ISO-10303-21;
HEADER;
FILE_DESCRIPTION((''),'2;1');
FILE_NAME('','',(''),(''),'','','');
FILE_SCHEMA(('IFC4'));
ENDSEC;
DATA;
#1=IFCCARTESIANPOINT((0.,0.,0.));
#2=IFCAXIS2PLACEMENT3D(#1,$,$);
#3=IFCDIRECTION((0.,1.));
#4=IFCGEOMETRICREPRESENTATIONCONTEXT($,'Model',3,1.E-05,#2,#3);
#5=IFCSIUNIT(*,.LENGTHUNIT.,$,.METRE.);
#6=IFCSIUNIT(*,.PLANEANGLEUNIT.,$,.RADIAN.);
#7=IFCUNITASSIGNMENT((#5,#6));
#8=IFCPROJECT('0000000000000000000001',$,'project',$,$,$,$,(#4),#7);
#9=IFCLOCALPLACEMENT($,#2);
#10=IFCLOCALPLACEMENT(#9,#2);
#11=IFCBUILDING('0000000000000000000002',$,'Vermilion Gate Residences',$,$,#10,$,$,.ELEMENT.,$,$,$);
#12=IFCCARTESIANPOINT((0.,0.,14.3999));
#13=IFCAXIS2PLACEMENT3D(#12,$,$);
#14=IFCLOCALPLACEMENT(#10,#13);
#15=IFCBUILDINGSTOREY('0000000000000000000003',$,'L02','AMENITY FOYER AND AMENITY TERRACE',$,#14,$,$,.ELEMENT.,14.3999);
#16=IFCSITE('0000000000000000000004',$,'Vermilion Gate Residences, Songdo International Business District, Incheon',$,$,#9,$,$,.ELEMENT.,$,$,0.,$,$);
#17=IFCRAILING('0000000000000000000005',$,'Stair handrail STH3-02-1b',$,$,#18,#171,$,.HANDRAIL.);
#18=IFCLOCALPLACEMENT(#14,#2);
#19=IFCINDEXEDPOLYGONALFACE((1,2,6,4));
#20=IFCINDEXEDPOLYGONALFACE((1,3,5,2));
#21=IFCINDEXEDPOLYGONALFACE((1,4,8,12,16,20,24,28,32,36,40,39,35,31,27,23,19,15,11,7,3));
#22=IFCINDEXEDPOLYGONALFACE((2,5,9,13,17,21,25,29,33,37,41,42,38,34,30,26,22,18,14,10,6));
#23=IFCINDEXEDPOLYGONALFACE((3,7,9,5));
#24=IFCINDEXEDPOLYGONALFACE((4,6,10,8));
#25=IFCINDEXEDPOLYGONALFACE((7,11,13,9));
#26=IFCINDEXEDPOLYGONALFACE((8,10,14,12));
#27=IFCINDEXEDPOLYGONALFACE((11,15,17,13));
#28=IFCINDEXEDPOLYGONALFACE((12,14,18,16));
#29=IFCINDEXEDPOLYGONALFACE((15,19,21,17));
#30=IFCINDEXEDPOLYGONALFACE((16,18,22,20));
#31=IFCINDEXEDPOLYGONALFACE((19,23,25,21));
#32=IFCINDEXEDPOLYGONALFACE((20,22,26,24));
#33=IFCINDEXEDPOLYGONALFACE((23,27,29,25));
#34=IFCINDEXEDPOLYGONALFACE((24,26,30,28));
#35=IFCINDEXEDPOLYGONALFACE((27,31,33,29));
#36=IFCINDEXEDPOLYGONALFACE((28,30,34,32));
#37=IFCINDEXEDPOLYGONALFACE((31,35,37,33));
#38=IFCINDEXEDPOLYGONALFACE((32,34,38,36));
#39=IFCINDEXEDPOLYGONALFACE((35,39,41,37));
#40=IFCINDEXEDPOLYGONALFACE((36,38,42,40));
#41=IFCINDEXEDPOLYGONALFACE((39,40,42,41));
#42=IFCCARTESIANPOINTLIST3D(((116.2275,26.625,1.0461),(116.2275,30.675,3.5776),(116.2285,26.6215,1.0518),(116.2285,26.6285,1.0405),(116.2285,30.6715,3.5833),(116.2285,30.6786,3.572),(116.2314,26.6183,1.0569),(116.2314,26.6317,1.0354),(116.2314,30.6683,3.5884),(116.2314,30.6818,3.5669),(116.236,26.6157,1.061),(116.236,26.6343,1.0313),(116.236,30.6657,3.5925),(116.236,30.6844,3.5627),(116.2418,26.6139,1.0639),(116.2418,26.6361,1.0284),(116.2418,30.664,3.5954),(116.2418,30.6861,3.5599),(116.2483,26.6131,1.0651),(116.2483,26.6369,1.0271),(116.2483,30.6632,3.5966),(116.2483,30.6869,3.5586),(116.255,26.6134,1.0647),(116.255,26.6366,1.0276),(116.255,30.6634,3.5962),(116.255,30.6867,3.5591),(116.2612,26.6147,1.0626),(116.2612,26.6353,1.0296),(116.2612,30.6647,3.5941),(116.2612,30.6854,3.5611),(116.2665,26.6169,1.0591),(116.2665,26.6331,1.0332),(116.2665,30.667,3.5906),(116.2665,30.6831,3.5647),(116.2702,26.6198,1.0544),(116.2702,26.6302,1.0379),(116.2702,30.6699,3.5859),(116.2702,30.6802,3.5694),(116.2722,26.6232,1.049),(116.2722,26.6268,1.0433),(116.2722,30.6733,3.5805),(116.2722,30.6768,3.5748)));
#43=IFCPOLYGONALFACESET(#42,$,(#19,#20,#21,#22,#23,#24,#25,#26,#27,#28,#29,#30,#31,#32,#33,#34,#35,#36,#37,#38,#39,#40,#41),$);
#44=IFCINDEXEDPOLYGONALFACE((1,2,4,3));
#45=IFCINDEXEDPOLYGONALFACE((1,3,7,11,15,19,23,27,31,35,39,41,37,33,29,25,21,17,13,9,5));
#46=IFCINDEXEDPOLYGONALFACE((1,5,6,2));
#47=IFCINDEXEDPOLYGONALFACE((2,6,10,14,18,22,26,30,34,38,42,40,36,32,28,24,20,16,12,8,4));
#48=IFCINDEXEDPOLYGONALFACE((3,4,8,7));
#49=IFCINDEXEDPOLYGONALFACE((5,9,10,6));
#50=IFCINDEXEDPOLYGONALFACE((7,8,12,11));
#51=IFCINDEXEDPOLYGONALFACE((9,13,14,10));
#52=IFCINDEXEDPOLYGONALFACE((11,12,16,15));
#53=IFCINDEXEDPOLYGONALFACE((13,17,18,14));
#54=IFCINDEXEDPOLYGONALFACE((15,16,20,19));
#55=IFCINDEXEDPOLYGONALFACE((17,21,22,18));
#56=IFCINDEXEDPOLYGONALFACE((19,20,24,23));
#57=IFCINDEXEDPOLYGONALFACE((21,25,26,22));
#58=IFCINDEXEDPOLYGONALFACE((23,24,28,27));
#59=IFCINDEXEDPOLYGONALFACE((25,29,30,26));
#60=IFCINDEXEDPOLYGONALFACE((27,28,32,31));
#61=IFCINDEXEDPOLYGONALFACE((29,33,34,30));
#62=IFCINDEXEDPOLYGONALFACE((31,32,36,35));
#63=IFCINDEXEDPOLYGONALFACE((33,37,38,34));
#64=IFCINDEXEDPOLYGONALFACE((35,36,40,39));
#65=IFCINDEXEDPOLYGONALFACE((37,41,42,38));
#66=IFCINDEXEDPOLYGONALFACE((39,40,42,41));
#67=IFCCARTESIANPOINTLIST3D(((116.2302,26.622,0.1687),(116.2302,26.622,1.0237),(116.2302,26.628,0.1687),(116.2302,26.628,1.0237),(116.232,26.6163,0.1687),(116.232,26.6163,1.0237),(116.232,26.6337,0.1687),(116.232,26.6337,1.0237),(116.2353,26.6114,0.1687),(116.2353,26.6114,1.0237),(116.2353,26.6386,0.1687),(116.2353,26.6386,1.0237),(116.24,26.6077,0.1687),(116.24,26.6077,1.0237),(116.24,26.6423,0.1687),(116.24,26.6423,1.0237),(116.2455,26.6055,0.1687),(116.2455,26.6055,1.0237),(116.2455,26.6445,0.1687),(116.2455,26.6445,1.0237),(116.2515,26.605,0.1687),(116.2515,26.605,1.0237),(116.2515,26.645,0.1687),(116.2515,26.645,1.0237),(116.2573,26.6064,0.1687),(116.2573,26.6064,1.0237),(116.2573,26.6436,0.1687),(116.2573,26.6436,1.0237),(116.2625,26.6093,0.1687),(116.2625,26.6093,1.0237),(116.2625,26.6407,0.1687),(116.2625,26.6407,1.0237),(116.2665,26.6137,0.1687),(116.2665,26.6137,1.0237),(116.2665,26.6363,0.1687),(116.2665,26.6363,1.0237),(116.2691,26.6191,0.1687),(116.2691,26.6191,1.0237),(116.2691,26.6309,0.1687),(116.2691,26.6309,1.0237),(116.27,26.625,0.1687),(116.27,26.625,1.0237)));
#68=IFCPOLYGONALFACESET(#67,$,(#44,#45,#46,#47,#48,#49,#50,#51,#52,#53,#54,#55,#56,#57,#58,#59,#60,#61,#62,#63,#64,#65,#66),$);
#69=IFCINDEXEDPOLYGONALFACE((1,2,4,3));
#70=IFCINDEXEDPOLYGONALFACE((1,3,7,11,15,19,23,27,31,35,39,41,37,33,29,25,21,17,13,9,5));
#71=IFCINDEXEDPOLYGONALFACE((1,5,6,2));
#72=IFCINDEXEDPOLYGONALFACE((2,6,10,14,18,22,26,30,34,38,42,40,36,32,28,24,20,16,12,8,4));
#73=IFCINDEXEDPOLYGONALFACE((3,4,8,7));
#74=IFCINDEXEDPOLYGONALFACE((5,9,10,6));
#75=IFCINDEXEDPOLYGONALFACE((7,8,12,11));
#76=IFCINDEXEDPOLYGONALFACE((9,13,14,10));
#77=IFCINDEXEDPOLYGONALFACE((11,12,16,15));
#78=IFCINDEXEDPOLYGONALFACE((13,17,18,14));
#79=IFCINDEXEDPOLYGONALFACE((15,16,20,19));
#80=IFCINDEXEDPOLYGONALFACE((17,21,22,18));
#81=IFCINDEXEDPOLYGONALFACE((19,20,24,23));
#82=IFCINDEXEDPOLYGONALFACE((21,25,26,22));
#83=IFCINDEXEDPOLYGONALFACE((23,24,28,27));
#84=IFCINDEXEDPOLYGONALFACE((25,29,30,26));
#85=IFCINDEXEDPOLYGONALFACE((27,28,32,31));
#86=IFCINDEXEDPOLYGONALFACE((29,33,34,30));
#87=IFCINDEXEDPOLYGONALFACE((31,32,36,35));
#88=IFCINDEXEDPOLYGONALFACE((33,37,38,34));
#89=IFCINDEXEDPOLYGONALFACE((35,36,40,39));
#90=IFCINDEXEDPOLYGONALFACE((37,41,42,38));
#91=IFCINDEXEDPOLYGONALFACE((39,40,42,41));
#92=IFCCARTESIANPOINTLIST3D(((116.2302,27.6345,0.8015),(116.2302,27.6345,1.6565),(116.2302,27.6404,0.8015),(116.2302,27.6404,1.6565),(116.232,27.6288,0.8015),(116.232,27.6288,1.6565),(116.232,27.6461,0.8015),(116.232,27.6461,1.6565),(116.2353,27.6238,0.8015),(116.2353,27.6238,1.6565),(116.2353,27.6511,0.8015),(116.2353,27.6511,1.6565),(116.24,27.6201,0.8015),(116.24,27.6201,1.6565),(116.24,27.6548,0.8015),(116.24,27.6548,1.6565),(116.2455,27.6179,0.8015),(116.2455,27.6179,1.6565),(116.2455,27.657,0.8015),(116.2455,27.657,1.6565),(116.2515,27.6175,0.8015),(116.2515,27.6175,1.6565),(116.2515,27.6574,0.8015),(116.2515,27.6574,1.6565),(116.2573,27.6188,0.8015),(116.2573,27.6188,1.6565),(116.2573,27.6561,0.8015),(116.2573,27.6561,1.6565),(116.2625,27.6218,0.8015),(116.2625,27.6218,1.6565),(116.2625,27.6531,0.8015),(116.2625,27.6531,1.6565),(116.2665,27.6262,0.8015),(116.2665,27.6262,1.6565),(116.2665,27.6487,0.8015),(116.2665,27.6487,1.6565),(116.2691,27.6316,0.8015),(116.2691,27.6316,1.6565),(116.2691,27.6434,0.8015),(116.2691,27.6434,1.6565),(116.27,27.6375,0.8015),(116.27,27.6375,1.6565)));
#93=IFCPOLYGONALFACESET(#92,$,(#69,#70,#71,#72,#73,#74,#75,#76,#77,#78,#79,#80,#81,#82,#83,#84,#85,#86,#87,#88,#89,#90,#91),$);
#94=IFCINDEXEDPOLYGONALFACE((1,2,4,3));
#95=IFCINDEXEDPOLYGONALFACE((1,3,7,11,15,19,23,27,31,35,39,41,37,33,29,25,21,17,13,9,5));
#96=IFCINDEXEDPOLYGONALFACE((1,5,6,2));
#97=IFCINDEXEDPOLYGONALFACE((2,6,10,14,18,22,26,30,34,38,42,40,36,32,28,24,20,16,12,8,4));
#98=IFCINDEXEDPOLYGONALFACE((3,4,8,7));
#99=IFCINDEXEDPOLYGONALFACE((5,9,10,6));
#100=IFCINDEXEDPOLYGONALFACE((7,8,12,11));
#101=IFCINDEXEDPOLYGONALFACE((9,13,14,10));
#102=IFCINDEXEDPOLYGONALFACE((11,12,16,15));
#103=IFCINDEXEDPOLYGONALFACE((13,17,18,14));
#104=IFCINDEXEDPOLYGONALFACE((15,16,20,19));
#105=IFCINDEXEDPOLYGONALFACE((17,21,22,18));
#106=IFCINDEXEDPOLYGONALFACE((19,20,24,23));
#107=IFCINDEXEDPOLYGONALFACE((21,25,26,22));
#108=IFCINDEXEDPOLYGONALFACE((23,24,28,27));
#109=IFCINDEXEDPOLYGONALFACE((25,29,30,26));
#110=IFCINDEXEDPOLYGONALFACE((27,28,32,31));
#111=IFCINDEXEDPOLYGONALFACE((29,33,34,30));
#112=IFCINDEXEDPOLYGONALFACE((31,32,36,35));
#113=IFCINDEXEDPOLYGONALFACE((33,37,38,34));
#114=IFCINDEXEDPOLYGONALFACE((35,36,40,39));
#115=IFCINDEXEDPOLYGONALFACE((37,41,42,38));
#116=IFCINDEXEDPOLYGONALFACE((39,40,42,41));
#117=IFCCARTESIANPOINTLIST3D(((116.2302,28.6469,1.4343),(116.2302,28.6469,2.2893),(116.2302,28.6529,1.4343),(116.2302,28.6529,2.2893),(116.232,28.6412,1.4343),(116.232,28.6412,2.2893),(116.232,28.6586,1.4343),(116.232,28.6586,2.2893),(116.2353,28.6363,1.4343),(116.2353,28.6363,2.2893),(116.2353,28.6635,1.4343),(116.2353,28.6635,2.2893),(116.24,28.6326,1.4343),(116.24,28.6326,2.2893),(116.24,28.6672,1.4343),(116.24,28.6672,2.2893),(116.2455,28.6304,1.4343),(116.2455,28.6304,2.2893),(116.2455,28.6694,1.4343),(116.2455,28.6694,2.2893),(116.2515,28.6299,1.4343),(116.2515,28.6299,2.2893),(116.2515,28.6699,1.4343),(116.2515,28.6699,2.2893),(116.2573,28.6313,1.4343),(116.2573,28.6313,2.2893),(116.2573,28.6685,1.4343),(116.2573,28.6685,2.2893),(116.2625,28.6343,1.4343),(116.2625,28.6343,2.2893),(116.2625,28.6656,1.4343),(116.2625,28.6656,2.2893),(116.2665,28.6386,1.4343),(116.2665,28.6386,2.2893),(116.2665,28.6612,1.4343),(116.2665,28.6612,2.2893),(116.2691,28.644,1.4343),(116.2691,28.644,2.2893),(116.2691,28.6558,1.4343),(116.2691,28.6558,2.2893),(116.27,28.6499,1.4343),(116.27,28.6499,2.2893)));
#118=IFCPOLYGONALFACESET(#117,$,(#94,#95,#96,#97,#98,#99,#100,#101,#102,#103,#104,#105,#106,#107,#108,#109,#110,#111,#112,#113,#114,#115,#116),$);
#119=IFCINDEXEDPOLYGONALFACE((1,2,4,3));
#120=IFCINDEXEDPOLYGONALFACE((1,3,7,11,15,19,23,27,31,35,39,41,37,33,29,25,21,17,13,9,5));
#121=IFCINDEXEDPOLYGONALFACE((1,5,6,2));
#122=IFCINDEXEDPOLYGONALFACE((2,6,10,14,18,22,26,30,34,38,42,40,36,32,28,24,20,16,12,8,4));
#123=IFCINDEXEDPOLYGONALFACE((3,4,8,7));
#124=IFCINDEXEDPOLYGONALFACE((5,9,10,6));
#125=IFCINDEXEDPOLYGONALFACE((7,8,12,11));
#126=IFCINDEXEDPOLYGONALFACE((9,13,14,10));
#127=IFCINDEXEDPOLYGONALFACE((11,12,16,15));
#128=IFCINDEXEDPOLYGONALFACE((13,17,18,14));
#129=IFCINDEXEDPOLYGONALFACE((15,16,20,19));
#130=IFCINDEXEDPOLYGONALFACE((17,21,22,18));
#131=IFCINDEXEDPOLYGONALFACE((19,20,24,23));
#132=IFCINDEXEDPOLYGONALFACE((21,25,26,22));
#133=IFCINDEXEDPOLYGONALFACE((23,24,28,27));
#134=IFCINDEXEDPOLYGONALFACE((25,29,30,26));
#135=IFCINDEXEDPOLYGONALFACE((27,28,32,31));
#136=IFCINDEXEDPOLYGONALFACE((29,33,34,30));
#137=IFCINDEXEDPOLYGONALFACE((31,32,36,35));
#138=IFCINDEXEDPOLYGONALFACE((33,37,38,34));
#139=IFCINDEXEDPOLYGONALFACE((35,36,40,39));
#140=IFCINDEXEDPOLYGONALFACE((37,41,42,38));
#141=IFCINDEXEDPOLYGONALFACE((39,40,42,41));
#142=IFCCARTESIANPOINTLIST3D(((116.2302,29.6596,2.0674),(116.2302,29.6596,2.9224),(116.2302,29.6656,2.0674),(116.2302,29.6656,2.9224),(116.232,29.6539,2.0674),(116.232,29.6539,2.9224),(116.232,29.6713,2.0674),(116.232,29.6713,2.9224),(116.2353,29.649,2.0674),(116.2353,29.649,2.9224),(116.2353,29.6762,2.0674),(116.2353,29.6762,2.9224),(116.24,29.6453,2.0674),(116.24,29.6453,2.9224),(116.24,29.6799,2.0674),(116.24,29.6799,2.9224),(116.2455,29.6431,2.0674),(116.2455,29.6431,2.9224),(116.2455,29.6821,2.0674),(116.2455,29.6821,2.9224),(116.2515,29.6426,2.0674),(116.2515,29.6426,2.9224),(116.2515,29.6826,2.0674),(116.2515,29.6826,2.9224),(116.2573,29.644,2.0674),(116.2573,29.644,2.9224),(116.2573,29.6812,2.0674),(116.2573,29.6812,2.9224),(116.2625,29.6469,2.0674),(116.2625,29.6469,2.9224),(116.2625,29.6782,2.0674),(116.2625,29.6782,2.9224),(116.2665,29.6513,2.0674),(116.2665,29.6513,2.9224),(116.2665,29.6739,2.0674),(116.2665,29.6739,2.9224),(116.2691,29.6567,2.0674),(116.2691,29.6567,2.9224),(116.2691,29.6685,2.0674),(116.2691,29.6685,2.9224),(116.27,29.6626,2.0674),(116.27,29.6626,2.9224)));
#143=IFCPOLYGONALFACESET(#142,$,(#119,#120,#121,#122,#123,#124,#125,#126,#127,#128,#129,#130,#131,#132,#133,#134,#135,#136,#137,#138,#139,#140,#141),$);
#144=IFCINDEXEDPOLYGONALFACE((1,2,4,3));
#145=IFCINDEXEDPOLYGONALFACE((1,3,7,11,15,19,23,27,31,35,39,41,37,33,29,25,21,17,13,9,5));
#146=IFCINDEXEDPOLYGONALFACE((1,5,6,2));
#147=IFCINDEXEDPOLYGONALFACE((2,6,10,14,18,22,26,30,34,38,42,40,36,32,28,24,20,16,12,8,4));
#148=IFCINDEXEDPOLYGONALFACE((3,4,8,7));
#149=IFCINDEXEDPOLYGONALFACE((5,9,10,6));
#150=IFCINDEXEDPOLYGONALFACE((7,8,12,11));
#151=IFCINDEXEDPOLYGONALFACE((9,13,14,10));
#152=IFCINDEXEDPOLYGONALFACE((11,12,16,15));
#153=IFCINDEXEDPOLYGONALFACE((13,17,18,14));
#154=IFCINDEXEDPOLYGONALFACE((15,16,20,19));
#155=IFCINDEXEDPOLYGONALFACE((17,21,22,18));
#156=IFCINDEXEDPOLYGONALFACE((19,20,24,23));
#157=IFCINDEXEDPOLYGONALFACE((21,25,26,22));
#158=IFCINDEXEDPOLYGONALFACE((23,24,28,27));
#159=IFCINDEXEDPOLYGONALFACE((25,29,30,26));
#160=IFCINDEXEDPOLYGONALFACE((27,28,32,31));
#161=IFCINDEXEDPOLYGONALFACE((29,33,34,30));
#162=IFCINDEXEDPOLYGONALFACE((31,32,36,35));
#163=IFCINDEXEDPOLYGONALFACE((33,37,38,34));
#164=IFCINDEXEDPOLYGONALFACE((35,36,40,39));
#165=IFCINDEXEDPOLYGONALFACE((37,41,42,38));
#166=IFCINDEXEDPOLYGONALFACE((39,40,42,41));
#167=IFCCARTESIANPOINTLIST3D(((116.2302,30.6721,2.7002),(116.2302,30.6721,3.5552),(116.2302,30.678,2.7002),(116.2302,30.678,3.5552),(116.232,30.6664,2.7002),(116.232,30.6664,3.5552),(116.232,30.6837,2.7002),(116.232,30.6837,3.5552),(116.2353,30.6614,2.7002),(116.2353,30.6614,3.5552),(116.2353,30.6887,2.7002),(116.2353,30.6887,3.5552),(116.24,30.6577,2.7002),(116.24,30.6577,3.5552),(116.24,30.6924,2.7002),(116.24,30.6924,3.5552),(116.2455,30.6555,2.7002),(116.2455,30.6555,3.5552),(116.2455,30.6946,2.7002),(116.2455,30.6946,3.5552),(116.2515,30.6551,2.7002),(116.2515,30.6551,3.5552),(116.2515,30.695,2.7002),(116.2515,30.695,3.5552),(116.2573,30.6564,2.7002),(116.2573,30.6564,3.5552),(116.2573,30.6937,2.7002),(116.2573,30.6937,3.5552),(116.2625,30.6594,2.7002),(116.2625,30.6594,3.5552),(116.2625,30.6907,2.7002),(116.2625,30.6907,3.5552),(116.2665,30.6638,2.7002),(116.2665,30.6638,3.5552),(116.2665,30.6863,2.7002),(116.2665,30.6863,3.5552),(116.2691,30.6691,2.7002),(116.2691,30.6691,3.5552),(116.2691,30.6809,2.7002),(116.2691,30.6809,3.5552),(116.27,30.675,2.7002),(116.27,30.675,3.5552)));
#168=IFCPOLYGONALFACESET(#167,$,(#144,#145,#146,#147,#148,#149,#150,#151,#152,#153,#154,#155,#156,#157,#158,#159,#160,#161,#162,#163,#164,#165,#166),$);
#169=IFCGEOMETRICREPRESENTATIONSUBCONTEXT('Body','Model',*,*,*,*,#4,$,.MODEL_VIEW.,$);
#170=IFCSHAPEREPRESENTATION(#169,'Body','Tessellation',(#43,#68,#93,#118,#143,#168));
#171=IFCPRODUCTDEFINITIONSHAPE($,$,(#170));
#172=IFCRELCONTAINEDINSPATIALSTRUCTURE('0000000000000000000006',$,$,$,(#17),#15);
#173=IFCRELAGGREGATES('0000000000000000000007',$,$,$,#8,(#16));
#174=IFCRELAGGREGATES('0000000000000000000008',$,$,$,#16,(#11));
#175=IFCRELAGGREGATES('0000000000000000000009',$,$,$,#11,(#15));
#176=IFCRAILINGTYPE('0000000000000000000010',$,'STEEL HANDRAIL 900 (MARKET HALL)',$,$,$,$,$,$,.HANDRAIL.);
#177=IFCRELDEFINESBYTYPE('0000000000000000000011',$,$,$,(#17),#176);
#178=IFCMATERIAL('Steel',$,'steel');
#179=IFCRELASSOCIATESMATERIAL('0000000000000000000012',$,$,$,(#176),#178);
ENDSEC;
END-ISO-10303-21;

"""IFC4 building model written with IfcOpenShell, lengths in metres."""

from ifc_helpers import new_model, si_unit, direction, frame, origin, origin_2d, place, context, subcontext, project, spatial, circle, extrude, material, type_object, element, save


model = new_model("IFC4")

# Units and contexts
model_context = context("Model", 3, precision=1e-05, world=origin(), true_north=direction((0.0, 1.0)))
body_context = subcontext(model_context, "Body", "Model", "MODEL_VIEW")
ifc_project = project(units=[si_unit("LENGTHUNIT", "METRE"), si_unit("PLANEANGLEUNIT", "RADIAN")], contexts=[model_context])

# Site, building, storey
site_placement = place(None, origin())
site = spatial("IfcSite", under=ifc_project, at=site_placement, Name="Vermilion Gate Residences, Songdo International Business District, Incheon", CompositionType="ELEMENT", RefElevation=0.0)
building_placement = place(site_placement, origin())
building = spatial("IfcBuilding", under=site, at=building_placement, Name="Vermilion Gate Residences", CompositionType="ELEMENT")
storey_placement = place(building_placement, frame((0.0, 0.0, 14.3999)))
storey = spatial("IfcBuildingStorey", under=building, at=storey_placement, Name="L02", Description="AMENITY FOYER AND AMENITY TERRACE", CompositionType="ELEMENT", Elevation=14.3999)

# Railing
ifc_material_1 = material(Name="Steel", Category="steel")
railing_type_1 = type_object("IfcRailingType", Name="STEEL HANDRAIL 900 (MARKET HALL)", PredefinedType="HANDRAIL", material=ifc_material_1)
for number, where, name in (
    (1, (116.25, 26.625, 0.1687), "Stair handrail STH3-02-1b"),
):
    element("IfcRailing", number, at=place(storey_placement, frame(where)), inside=storey, type_object=railing_type_1, Name=name, PredefinedType="HANDRAIL", context=body_context, shape_type="SweptSolid", body=[
        extrude(circle(Radius=0.0225, at=origin_2d()), frame((0.0, 0.0, 0.8774), z_axis=(0.0, 0.847978, 0.530031), x_axis=(-1.0, 0.0, 0.0)), (0.0, 0.0, 1.0), 4.7761),
        extrude(circle(Radius=0.02, at=origin_2d()), origin(), (0.0, 0.0, 1.0), 0.855),
        extrude(circle(Radius=0.02, at=origin_2d()), frame((0.0, 1.0125, 0.6328)), (0.0, 0.0, 1.0), 0.855),
        extrude(circle(Radius=0.02, at=origin_2d()), frame((0.0, 2.0249, 1.2656)), (0.0, 0.0, 1.0), 0.855),
        extrude(circle(Radius=0.02, at=origin_2d()), frame((0.0, 3.0376, 1.8987)), (0.0, 0.0, 1.0), 0.855),
        extrude(circle(Radius=0.02, at=origin_2d()), frame((0.0, 4.05, 2.5315)), (0.0, 0.0, 1.0), 0.855),
    ])

save(model, "model.ifc")
